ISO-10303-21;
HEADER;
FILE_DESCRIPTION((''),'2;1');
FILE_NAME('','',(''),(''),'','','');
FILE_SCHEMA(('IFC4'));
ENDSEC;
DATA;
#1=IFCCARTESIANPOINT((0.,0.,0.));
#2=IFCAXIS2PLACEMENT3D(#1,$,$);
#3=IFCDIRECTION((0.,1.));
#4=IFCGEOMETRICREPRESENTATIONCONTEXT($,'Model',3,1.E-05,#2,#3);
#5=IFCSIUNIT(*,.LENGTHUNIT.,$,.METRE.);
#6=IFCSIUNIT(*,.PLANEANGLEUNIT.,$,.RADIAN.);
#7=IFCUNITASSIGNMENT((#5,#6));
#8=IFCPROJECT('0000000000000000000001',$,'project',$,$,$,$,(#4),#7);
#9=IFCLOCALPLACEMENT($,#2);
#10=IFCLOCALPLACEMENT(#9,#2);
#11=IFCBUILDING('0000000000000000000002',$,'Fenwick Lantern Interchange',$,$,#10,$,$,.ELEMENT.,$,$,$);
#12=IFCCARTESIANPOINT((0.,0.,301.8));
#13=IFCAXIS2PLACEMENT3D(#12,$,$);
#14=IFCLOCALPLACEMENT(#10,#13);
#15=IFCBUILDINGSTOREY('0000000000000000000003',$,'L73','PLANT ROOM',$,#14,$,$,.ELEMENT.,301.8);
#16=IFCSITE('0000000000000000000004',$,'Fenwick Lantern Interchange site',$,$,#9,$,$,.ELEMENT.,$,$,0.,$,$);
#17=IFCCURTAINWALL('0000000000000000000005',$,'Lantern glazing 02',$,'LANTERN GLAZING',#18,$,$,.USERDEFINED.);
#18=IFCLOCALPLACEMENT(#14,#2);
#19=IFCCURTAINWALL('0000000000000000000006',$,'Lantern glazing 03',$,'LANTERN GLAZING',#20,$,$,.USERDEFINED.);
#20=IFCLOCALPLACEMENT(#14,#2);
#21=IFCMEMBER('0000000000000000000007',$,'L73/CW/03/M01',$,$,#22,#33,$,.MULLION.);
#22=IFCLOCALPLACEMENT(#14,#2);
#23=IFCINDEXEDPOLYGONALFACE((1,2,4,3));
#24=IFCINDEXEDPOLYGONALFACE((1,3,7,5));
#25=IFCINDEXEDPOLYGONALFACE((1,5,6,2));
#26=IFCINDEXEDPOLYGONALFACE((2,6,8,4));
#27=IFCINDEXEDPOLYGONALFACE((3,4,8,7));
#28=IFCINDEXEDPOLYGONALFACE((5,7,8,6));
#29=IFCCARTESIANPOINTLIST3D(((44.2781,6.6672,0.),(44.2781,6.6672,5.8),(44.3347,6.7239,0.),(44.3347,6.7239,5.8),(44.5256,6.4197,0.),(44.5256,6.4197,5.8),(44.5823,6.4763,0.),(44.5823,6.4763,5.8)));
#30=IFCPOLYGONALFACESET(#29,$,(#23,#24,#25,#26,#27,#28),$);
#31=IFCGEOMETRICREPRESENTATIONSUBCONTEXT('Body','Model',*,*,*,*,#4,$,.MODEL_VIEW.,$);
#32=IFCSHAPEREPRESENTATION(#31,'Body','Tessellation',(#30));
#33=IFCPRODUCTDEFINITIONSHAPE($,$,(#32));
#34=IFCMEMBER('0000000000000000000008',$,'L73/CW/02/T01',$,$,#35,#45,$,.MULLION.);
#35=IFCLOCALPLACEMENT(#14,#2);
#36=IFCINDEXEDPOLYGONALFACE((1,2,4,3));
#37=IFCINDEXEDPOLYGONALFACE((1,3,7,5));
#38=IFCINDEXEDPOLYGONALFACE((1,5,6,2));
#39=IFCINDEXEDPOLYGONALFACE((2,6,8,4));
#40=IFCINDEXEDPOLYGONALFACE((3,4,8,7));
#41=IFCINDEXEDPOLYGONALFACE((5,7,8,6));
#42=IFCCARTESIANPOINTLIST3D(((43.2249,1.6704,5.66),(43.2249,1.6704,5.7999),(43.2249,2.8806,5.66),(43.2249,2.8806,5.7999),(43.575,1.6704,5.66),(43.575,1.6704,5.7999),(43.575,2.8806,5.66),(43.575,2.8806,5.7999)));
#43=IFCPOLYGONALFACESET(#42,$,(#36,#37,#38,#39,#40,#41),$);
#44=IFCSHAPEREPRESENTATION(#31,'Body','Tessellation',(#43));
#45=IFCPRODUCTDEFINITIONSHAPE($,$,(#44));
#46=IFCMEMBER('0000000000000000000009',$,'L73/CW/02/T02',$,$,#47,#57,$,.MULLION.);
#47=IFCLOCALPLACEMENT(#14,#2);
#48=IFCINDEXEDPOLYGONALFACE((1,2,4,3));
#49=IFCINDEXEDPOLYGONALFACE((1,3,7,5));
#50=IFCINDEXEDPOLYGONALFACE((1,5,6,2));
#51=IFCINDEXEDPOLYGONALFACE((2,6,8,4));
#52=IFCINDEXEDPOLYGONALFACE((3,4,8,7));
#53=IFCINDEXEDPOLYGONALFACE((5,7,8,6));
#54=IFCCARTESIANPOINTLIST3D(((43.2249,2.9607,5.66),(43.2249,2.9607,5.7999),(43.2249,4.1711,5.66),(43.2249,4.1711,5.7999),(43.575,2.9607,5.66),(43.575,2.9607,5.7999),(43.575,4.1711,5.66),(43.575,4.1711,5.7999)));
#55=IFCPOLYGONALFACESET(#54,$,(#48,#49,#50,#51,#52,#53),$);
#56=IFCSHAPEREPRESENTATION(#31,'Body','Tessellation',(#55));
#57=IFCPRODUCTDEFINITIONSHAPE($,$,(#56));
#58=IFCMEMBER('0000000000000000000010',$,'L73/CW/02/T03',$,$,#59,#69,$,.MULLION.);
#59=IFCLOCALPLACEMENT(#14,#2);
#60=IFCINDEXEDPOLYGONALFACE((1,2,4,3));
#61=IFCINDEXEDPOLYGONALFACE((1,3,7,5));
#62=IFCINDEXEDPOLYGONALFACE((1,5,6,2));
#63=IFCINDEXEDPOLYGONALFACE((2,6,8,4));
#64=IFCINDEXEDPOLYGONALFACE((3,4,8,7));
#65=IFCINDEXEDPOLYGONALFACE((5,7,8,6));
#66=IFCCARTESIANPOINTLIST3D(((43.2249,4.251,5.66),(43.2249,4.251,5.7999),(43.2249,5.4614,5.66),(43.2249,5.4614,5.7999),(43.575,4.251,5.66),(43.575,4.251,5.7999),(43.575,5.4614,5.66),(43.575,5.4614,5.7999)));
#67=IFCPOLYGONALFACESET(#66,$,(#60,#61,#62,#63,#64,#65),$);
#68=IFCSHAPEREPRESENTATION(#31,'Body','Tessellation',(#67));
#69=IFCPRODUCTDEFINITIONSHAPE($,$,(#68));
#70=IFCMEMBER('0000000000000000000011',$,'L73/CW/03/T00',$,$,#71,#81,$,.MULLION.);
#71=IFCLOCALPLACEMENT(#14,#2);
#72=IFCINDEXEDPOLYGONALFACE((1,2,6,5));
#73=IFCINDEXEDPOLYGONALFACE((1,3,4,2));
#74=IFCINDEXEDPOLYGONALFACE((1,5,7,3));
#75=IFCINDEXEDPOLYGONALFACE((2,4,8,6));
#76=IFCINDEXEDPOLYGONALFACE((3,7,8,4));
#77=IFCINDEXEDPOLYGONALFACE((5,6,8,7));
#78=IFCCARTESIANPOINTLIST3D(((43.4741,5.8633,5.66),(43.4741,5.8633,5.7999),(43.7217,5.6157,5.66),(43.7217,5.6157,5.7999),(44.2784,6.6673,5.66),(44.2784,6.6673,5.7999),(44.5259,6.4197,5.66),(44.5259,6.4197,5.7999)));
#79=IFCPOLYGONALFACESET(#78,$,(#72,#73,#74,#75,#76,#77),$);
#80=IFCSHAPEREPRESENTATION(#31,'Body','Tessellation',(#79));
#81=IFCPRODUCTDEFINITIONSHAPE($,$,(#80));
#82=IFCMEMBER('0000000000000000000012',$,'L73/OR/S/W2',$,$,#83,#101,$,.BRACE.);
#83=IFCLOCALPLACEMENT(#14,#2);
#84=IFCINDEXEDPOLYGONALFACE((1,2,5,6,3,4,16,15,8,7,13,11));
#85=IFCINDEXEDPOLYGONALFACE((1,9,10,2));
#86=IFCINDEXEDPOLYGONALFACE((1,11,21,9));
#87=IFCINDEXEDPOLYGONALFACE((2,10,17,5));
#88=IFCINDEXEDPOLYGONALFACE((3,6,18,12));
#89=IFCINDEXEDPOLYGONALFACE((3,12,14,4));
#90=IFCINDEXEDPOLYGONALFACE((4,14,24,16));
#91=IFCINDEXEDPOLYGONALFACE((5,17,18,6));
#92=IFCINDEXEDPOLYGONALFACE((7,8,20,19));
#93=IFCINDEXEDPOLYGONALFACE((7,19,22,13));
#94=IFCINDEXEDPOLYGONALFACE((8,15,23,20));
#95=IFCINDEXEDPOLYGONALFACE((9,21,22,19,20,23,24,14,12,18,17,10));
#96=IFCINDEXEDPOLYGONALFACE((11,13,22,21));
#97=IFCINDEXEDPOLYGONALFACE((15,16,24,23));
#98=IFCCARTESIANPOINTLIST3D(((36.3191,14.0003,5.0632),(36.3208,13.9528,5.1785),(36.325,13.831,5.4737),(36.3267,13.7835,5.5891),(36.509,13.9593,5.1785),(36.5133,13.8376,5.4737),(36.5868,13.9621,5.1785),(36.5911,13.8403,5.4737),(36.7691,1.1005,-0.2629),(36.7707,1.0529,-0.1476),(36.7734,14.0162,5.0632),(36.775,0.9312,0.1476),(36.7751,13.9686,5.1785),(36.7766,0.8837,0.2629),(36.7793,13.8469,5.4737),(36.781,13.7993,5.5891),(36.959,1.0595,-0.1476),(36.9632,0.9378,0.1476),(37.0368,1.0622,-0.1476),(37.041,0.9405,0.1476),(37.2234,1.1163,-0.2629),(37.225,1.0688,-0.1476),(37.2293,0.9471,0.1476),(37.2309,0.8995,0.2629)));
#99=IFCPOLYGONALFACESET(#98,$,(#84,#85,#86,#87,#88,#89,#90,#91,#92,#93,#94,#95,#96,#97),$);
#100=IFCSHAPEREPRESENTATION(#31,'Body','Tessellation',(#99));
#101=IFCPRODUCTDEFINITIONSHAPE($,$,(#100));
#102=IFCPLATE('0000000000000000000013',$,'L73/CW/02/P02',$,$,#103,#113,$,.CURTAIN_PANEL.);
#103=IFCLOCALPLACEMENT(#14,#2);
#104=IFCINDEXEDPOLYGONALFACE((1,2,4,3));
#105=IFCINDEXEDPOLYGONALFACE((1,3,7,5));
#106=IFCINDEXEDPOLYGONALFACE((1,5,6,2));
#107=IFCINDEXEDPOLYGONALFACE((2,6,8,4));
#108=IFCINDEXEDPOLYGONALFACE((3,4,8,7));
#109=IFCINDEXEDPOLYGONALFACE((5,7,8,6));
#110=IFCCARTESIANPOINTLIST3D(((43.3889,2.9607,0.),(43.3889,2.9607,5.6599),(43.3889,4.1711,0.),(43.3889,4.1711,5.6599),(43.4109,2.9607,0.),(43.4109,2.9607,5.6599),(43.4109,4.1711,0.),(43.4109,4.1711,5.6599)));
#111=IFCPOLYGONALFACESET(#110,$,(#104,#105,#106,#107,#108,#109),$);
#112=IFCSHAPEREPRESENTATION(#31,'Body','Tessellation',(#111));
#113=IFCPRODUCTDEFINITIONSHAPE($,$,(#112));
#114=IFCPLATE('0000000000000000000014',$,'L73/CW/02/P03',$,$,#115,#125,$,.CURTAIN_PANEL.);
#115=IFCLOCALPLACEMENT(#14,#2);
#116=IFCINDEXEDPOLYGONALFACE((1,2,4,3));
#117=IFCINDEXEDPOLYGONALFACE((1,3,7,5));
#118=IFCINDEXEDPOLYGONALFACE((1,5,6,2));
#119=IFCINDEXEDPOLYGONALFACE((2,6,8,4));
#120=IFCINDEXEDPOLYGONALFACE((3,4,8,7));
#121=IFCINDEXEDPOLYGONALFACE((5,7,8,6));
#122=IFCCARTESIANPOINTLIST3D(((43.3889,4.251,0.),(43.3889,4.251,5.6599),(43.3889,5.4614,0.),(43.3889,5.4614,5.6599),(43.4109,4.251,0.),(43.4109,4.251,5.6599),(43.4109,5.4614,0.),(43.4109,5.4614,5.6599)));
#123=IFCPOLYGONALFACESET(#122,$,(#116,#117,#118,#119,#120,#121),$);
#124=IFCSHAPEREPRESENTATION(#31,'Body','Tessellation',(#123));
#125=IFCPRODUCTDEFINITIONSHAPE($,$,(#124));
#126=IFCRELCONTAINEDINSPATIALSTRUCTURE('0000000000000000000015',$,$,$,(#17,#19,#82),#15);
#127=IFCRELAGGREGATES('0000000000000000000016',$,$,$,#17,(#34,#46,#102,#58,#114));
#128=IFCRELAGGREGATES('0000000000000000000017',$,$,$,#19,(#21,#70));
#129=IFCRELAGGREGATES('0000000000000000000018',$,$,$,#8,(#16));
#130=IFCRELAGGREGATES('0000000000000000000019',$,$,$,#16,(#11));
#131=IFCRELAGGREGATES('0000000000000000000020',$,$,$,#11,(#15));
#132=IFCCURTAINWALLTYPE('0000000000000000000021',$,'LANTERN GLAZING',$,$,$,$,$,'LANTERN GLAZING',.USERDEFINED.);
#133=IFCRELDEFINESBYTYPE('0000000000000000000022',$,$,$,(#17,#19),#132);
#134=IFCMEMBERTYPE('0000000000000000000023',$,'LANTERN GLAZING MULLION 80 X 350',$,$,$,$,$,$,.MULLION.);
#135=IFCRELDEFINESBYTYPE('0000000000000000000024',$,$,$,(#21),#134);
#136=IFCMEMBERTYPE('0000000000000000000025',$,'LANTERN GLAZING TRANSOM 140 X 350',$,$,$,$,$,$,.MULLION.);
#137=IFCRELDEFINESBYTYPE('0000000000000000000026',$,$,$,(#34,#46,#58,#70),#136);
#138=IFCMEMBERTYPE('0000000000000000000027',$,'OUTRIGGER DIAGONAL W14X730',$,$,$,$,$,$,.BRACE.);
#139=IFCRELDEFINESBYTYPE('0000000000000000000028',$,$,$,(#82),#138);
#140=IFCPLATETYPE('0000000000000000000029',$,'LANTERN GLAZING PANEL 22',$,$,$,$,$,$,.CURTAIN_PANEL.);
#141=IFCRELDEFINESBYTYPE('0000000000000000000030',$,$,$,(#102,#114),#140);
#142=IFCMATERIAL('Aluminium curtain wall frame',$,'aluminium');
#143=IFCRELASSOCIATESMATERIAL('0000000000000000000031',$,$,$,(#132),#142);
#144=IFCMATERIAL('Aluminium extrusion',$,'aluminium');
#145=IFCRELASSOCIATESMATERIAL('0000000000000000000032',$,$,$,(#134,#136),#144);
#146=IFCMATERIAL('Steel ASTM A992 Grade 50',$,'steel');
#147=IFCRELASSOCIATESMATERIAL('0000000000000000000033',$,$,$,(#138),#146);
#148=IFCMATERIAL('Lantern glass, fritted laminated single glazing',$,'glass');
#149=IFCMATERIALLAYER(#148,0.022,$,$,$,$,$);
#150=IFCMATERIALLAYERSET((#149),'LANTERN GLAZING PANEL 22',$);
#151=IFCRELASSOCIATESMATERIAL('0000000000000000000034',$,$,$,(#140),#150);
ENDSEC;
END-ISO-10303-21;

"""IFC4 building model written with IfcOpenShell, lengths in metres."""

from ifc_helpers import new_model, si_unit, direction, frame, origin, origin_2d, place, context, subcontext, project, spatial, rectangle, i_section, extrude, material, layer, layer_set, material_profile, profile_set, type_object, element, aggregate, save


model = new_model("IFC4")

# Units and contexts
model_context = context("Model", 3, precision=1e-05, world=origin(), true_north=direction((0.0, 1.0)))
body_context = subcontext(model_context, "Body", "Model", "MODEL_VIEW")
ifc_project = project(units=[si_unit("LENGTHUNIT", "METRE"), si_unit("PLANEANGLEUNIT", "RADIAN")], contexts=[model_context])

# Site, building, storey
site_placement = place(None, origin())
site = spatial("IfcSite", under=ifc_project, at=site_placement, Name="Fenwick Lantern Interchange site", CompositionType="ELEMENT", RefElevation=0.0)
building_placement = place(site_placement, origin())
building = spatial("IfcBuilding", under=site, at=building_placement, Name="Fenwick Lantern Interchange", CompositionType="ELEMENT")
storey_placement = place(building_placement, frame((0.0, 0.0, 301.8)))
storey = spatial("IfcBuildingStorey", under=building, at=storey_placement, Name="L73", Description="PLANT ROOM", CompositionType="ELEMENT", Elevation=301.8)

# Shared definitions
ifc_material_1 = material(Name="Steel ASTM A992 Grade 50", Category="steel")

# Curtain walls, member
ifc_material_2 = material(Name="Aluminium curtain wall frame", Category="aluminium")
curtain_wall_type = type_object("IfcCurtainWallType", Name="LANTERN GLAZING", ElementType="LANTERN GLAZING", PredefinedType="USERDEFINED", material=ifc_material_2)
curtain_wall_1_placement = place(storey_placement, origin())
curtain_wall_1 = element("IfcCurtainWall", 1, at=curtain_wall_1_placement, inside=storey, type_object=curtain_wall_type, Name="Lantern glazing 02", ObjectType="LANTERN GLAZING", PredefinedType="USERDEFINED")
ifc_material_3 = material(Name="Aluminium extrusion", Category="aluminium")
ifc_material_profile_1 = material_profile(ifc_material_3, rectangle(XDim=0.3501, YDim=0.0801, at=origin_2d()), Name="LANTERN GLAZING MULLION 80 X 350")
ifc_profile_set_1 = profile_set([ifc_material_profile_1], Name="Aluminium extrusion")
member_type_1 = type_object("IfcMemberType", Name="LANTERN GLAZING MULLION 80 X 350", PredefinedType="MULLION", material=ifc_profile_set_1)
curtain_wall_2_placement = place(storey_placement, origin())
curtain_wall_2 = element("IfcCurtainWall", 2, at=curtain_wall_2_placement, inside=storey, type_object=curtain_wall_type, Name="Lantern glazing 03", ObjectType="LANTERN GLAZING", PredefinedType="USERDEFINED")
member_1_placement = place(storey_placement, frame((44.4302, 6.5718, 0.0), z_axis=(0.0, 0.0, 1.0), x_axis=(-0.707107, 0.707107, 0.0)))
member_1 = element("IfcMember", 3, at=member_1_placement, type_object=member_type_1, Name="L73/CW/03/M01", PredefinedType="MULLION", context=body_context, shape_type="SweptSolid", body=[
    extrude(rectangle(XDim=0.3501, YDim=0.0801, at=origin_2d()), origin(), (0.0, 0.0, 1.0), 5.8),
])

# Members
ifc_material_profile_2 = material_profile(ifc_material_3, rectangle(XDim=0.3501, YDim=0.1399, at=origin_2d()), Name="LANTERN GLAZING TRANSOM 140 X 350")
ifc_profile_set_2 = profile_set([ifc_material_profile_2], Name="Aluminium extrusion")
member_type_2 = type_object("IfcMemberType", Name="LANTERN GLAZING TRANSOM 140 X 350", PredefinedType="MULLION", material=ifc_profile_set_2)
member_2_placement = place(storey_placement, frame((43.3999, 1.6704, 5.73), z_axis=(0.0, 1.0, 0.0), x_axis=(-1.0, 0.0, 0.0)))
member_2 = element("IfcMember", 4, at=member_2_placement, type_object=member_type_2, Name="L73/CW/02/T01", PredefinedType="MULLION", context=body_context, shape_type="SweptSolid", body=[
    extrude(rectangle(XDim=0.3501, YDim=0.1399, at=origin_2d()), origin(), (0.0, 0.0, 1.0), 1.2102),
])
member_3_placement = place(storey_placement, frame((43.3999, 2.9607, 5.73), z_axis=(0.0, 1.0, 0.0), x_axis=(-1.0, 0.0, 0.0)))
member_3 = element("IfcMember", 5, at=member_3_placement, type_object=member_type_2, Name="L73/CW/02/T02", PredefinedType="MULLION", context=body_context, shape_type="SweptSolid", body=[
    extrude(rectangle(XDim=0.3501, YDim=0.1399, at=origin_2d()), origin(), (0.0, 0.0, 1.0), 1.2104),
])
member_4_placement = place(storey_placement, frame((43.3999, 4.251, 5.73), z_axis=(0.0, 1.0, 0.0), x_axis=(-1.0, 0.0, 0.0)))
member_4 = element("IfcMember", 6, at=member_4_placement, type_object=member_type_2, Name="L73/CW/02/T03", PredefinedType="MULLION", context=body_context, shape_type="SweptSolid", body=[
    extrude(rectangle(XDim=0.3501, YDim=0.1399, at=origin_2d()), origin(), (0.0, 0.0, 1.0), 1.2104),
])
member_5_placement = place(storey_placement, frame((43.5979, 5.7395, 5.73), z_axis=(0.707214, 0.706999, 0.0), x_axis=(-0.706999, 0.707214, 0.0)))
member_5 = element("IfcMember", 7, at=member_5_placement, type_object=member_type_2, Name="L73/CW/03/T00", PredefinedType="MULLION", context=body_context, shape_type="SweptSolid", body=[
    extrude(rectangle(XDim=0.3501, YDim=0.1399, at=origin_2d()), origin(), (0.0, 0.0, 1.0), 1.1372),
])
ifc_material_profile_3 = material_profile(ifc_material_1, i_section(OverallWidth=0.4546, OverallDepth=0.5688, WebThickness=0.0779, FlangeThickness=0.1248, at=origin_2d()), Name="W14X730")
ifc_profile_set_3 = profile_set([ifc_material_profile_3], Name="Steel ASTM A992 Grade 50")
member_type_3 = type_object("IfcMemberType", Name="OUTRIGGER DIAGONAL W14X730", PredefinedType="BRACE", material=ifc_profile_set_3)
member_6_placement = place(storey_placement, frame((37.0, 1.0, 0.0), z_axis=(-0.032223, 0.923833, 0.381437), x_axis=(-0.999392, -0.034859, 0.0)))
element("IfcMember", 8, at=member_6_placement, inside=storey, type_object=member_type_3, Name="L73/OR/S/W2", PredefinedType="BRACE", context=body_context, shape_type="SweptSolid", body=[
    extrude(i_section(OverallWidth=0.4546, OverallDepth=0.5688, WebThickness=0.0779, FlangeThickness=0.1248, at=origin_2d()), origin(), (0.0, 0.0, 1.0), 13.9634),
])

# Plates
ifc_material_4 = material(Name="Lantern glass, fritted laminated single glazing", Category="glass")
ifc_layer_1 = layer(ifc_material_4, 0.022)
ifc_layer_set_1 = layer_set([ifc_layer_1], Name="LANTERN GLAZING PANEL 22")
plate_type = type_object("IfcPlateType", Name="LANTERN GLAZING PANEL 22", PredefinedType="CURTAIN_PANEL", material=ifc_layer_set_1)
plate_1_placement = place(storey_placement, frame((43.3999, 3.5659, 0.0), z_axis=(0.0, 0.0, 1.0), x_axis=(0.0, 1.0, 0.0)))
plate_1 = element("IfcPlate", 9, at=plate_1_placement, type_object=plate_type, Name="L73/CW/02/P02", PredefinedType="CURTAIN_PANEL", context=body_context, shape_type="SweptSolid", body=[
    extrude(rectangle(XDim=1.2104, YDim=0.022, at=origin_2d()), origin(), (0.0, 0.0, 1.0), 5.6599),
])
plate_2_placement = place(storey_placement, frame((43.3999, 4.8562, 0.0), z_axis=(0.0, 0.0, 1.0), x_axis=(0.0, 1.0, 0.0)))
plate_2 = element("IfcPlate", 10, at=plate_2_placement, type_object=plate_type, Name="L73/CW/02/P03", PredefinedType="CURTAIN_PANEL", context=body_context, shape_type="SweptSolid", body=[
    extrude(rectangle(XDim=1.2104, YDim=0.022, at=origin_2d()), origin(), (0.0, 0.0, 1.0), 5.6599),
])
aggregate(curtain_wall_1, [member_2, member_3, plate_1, member_4, plate_2])
aggregate(curtain_wall_2, [member_1, member_5])

save(model, "model.ifc")
